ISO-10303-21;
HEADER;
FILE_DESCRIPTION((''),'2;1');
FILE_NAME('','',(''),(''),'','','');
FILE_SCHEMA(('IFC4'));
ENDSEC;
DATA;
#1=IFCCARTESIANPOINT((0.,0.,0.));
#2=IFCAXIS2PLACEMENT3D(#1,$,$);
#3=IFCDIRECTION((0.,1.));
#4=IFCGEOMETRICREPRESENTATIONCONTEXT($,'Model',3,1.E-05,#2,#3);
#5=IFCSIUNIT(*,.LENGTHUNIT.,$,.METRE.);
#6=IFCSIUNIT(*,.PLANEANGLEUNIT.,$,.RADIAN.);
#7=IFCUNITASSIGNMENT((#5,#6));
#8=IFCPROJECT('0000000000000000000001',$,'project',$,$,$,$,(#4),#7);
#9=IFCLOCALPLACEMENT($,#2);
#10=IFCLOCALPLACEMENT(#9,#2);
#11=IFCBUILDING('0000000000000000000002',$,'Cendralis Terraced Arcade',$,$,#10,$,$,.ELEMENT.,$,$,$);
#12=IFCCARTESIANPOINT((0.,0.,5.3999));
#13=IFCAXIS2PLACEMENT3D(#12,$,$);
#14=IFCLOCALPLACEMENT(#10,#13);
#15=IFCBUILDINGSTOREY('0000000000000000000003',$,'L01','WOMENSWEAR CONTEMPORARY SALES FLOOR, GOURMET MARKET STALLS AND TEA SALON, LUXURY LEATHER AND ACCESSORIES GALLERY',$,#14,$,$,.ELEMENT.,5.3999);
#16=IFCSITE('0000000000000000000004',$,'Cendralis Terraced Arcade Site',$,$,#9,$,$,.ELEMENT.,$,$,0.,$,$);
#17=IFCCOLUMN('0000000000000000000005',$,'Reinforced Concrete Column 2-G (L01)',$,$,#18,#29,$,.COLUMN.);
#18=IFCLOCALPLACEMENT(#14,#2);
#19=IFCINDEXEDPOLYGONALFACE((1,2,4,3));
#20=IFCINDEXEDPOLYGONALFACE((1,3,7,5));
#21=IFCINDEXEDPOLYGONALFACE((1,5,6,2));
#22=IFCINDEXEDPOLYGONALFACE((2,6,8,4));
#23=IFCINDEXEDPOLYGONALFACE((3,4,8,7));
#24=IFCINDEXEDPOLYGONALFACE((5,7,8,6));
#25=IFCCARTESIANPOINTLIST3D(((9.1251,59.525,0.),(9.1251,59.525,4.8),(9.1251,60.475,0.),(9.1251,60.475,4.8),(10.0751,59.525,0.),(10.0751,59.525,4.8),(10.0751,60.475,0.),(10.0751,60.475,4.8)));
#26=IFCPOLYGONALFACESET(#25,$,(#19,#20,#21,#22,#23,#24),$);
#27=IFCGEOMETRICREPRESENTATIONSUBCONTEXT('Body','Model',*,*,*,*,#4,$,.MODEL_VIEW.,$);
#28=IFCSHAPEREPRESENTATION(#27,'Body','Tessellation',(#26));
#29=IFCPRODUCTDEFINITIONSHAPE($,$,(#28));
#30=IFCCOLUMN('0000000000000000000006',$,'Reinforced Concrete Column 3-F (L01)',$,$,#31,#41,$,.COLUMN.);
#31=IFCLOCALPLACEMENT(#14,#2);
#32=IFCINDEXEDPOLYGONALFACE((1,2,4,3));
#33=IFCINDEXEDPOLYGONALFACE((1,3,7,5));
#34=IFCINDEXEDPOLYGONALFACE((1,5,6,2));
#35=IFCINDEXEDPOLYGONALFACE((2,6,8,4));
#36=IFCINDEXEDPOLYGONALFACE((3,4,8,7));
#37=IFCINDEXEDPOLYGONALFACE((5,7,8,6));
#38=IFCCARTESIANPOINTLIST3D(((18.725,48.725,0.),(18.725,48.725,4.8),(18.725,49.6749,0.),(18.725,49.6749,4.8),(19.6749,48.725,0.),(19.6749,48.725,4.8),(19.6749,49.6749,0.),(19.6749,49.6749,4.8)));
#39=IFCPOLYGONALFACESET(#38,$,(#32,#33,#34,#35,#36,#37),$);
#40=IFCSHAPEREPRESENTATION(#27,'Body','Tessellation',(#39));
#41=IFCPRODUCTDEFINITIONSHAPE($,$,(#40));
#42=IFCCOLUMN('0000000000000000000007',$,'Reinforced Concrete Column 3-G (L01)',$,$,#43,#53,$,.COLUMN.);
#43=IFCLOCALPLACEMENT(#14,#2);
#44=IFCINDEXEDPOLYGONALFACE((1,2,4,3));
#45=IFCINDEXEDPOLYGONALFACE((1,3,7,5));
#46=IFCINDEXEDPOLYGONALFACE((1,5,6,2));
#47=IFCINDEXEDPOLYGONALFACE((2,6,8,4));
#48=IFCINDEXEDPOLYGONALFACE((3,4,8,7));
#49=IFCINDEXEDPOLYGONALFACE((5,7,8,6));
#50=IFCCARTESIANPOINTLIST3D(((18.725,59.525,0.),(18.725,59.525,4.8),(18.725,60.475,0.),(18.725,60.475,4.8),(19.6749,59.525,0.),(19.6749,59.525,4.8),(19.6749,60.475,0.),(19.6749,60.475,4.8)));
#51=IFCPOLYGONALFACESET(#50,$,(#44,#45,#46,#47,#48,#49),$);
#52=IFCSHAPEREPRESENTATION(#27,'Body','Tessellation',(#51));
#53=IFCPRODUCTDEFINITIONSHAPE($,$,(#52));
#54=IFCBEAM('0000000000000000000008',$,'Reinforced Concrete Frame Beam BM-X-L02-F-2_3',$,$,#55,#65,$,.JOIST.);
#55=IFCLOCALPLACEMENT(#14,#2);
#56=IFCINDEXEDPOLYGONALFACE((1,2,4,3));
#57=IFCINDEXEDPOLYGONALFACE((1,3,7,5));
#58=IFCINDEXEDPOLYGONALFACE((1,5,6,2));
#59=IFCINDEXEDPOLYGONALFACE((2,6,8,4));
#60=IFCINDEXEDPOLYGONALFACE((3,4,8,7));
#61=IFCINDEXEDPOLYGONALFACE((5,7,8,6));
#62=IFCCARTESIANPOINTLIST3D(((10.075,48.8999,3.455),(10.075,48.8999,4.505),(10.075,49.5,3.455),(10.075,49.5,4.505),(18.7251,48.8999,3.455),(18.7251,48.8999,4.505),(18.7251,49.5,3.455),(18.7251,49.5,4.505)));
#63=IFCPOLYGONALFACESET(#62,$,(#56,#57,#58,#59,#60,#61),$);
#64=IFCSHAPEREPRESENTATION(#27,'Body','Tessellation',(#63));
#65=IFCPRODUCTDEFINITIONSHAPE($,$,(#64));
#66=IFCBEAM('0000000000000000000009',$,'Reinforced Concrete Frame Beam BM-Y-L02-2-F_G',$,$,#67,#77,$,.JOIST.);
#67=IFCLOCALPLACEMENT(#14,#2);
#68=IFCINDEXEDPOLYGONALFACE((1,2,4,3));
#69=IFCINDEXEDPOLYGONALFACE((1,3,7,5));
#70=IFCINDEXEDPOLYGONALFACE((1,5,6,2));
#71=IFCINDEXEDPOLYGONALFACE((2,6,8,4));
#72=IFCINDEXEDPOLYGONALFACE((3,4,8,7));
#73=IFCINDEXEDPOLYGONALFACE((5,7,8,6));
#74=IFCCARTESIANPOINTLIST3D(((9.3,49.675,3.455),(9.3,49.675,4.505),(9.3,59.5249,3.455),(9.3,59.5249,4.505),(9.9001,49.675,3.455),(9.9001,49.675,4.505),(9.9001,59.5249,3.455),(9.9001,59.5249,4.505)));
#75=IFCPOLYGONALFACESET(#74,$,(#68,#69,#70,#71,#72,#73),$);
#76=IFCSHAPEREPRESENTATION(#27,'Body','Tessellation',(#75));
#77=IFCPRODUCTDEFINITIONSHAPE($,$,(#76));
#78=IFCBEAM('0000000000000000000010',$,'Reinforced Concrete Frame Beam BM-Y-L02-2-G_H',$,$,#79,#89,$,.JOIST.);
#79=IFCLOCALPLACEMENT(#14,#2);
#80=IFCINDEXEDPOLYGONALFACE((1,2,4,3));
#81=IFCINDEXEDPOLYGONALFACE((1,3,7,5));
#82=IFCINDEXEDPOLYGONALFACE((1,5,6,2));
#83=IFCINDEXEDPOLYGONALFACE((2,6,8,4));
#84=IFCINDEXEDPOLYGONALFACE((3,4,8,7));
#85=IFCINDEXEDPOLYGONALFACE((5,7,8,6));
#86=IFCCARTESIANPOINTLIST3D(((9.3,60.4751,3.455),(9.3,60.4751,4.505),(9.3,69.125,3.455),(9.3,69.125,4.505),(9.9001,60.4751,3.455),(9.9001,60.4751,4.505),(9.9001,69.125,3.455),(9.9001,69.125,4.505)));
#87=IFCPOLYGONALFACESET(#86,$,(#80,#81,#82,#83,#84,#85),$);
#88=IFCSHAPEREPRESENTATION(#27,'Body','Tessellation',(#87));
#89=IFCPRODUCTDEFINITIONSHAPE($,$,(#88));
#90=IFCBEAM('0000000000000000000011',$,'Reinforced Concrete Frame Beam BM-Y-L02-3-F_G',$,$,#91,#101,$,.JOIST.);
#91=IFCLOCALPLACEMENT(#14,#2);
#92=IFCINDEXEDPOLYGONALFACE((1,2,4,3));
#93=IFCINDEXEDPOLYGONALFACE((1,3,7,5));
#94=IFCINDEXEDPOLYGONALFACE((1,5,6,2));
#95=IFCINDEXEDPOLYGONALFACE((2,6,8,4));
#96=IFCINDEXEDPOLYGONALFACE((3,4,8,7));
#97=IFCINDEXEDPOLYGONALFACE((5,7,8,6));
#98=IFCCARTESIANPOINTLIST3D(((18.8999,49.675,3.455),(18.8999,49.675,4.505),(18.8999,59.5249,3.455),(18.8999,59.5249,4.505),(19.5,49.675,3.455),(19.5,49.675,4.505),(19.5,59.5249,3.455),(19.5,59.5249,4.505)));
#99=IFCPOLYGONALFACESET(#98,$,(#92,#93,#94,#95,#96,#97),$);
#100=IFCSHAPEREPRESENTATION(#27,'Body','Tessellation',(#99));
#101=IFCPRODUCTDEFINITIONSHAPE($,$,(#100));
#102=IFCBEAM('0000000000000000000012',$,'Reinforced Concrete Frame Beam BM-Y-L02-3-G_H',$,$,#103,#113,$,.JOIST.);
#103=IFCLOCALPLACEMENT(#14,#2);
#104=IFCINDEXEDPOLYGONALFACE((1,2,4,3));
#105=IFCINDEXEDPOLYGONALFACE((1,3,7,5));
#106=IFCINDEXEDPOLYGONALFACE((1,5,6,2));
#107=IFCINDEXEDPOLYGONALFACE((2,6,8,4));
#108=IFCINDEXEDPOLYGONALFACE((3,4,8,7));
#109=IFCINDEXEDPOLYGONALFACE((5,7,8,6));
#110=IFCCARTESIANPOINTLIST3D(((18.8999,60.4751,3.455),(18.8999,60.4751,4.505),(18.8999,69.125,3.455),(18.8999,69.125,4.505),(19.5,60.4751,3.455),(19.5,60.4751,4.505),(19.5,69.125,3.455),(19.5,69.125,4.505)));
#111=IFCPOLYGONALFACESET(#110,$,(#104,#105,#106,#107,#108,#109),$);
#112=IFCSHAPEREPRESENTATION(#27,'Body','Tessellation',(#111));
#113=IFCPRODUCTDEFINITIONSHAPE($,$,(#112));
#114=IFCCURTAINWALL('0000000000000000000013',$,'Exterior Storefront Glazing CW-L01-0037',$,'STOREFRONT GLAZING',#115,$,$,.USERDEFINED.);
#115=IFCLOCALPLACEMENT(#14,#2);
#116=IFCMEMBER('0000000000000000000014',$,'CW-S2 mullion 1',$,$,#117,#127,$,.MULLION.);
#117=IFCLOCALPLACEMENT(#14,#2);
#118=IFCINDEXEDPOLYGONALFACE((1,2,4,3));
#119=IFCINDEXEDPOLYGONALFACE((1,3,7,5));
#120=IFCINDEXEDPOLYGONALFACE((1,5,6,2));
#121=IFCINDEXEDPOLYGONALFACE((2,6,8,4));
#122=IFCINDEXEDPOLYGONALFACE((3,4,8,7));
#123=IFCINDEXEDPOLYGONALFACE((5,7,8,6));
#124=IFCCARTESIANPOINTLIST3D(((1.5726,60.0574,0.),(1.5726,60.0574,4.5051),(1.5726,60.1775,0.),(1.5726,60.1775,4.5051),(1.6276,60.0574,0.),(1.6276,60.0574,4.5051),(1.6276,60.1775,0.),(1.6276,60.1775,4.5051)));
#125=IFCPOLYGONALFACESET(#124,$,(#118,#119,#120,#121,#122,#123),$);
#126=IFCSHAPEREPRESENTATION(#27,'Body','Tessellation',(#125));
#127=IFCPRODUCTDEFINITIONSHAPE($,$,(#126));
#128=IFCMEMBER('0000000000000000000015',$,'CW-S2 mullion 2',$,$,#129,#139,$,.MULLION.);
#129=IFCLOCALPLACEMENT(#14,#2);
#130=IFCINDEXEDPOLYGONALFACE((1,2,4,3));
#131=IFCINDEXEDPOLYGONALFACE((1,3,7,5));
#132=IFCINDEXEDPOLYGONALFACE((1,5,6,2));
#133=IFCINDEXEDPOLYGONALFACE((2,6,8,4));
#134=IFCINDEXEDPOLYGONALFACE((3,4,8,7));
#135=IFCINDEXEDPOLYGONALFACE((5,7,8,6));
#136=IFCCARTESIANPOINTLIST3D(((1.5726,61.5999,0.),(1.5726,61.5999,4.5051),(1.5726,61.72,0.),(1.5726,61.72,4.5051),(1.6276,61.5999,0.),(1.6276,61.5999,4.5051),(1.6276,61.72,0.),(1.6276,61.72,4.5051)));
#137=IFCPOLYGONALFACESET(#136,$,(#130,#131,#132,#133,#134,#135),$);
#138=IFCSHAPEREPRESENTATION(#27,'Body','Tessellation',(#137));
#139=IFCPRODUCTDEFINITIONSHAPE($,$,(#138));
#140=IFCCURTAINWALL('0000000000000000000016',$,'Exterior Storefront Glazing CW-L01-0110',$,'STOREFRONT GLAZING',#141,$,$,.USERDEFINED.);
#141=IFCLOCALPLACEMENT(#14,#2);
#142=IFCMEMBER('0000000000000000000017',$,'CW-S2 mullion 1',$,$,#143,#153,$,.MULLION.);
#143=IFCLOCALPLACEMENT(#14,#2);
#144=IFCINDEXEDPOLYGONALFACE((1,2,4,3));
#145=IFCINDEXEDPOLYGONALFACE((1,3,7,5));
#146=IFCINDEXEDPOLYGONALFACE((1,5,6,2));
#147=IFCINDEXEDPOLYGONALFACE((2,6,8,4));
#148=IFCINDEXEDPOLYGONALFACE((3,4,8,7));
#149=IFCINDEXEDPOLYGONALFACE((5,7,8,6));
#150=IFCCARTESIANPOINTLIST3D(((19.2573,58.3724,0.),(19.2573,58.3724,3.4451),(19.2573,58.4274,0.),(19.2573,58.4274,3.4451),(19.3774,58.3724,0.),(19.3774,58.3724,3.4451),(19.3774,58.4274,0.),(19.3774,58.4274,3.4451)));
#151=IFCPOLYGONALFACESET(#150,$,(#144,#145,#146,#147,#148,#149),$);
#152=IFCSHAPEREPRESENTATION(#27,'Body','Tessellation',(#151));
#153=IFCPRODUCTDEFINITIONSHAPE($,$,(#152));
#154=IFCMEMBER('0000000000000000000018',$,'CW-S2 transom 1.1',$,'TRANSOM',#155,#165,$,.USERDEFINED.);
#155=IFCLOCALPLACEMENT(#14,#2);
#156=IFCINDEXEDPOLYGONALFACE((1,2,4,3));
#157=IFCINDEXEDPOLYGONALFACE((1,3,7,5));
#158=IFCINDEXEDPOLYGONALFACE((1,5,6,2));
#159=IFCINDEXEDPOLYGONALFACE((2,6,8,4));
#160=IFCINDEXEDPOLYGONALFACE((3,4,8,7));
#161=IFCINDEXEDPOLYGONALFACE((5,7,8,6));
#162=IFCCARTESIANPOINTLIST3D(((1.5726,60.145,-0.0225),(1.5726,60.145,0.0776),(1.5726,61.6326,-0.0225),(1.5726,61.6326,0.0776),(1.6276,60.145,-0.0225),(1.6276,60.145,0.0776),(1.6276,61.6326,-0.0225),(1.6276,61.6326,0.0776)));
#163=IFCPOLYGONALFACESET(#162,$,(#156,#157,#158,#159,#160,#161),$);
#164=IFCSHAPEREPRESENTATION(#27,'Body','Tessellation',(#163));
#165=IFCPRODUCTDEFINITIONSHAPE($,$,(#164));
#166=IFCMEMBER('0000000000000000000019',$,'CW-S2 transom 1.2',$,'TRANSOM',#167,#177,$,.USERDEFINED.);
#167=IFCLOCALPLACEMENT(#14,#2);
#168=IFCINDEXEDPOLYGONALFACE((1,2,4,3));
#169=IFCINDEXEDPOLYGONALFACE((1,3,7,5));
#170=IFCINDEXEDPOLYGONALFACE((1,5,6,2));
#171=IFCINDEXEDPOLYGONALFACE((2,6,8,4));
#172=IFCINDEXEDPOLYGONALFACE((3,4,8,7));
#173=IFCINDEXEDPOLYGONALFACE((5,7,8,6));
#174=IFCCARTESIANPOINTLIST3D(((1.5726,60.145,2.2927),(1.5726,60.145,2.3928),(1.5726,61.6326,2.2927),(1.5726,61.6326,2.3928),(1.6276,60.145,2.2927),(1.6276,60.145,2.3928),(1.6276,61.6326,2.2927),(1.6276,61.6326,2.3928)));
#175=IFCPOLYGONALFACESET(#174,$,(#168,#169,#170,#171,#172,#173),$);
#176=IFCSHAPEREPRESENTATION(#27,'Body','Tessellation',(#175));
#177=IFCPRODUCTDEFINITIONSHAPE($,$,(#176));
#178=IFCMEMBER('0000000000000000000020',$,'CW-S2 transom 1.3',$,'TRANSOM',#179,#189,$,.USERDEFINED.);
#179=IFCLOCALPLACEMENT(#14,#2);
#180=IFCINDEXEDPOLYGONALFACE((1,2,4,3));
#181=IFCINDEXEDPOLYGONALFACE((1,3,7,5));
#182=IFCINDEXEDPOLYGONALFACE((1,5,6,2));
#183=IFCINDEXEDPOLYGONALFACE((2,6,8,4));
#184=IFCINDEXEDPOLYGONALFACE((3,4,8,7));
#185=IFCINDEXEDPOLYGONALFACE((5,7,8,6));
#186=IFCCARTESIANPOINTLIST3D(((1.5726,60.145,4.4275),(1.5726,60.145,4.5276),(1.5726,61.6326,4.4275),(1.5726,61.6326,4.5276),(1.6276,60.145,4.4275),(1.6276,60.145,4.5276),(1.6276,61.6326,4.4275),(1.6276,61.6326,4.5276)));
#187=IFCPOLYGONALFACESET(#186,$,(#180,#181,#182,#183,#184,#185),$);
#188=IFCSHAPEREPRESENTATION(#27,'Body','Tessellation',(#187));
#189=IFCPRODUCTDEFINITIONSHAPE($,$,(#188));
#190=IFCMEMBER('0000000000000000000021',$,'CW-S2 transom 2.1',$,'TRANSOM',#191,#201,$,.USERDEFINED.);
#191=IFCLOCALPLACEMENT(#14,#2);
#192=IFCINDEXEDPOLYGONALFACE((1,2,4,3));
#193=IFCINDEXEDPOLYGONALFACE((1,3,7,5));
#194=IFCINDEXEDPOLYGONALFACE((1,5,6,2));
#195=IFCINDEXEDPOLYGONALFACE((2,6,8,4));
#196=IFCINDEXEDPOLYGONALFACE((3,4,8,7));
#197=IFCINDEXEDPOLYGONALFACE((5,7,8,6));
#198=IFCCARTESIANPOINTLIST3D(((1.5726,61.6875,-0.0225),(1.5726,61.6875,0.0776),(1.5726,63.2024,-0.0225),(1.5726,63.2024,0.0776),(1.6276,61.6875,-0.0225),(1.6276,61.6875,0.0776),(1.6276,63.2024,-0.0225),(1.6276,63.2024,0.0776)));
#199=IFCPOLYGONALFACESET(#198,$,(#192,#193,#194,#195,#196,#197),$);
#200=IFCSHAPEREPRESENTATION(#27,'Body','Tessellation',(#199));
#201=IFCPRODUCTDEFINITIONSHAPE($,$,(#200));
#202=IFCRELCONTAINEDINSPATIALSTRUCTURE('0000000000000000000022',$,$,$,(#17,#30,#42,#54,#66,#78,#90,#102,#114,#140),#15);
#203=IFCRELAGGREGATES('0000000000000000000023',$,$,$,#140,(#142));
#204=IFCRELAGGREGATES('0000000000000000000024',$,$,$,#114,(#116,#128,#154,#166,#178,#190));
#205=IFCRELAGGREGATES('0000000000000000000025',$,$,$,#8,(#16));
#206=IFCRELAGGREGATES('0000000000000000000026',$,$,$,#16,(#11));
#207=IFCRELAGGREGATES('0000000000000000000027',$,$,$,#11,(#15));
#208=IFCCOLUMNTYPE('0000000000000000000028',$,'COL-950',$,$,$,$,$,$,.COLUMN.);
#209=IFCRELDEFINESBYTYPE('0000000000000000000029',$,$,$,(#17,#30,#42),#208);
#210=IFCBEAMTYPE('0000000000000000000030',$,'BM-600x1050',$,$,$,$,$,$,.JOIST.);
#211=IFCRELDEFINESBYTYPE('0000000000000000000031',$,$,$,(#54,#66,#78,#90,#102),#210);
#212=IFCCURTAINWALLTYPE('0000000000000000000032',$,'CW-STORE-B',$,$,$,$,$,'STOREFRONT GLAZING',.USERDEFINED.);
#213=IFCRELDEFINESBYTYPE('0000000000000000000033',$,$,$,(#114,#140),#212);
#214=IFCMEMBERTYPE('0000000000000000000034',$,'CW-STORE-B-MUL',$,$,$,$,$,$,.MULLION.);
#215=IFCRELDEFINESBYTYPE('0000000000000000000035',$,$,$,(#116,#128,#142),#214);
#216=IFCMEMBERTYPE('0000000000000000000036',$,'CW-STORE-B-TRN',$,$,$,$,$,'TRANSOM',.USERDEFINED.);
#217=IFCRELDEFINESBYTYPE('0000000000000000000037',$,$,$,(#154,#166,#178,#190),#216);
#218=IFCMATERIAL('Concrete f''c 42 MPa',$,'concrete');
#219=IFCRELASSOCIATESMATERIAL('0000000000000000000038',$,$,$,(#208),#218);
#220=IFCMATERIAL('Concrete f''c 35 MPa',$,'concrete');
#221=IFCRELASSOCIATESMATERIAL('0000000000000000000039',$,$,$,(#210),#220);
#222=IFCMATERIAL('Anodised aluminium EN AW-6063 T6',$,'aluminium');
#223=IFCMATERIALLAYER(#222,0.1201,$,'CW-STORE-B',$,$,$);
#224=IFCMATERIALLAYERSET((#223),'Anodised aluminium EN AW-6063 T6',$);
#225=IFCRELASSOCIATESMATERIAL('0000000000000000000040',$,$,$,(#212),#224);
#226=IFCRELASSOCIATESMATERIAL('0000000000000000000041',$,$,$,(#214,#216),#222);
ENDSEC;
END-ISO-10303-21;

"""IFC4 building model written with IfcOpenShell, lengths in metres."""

from ifc_helpers import new_model, si_unit, direction, frame, origin, origin_2d, place, context, subcontext, project, spatial, rectangle, extrude, material, layer, layer_set, material_profile, profile_set, type_object, element, aggregate, save


model = new_model("IFC4")

# Units and contexts
model_context = context("Model", 3, precision=1e-05, world=origin(), true_north=direction((0.0, 1.0)))
body_context = subcontext(model_context, "Body", "Model", "MODEL_VIEW")
ifc_project = project(units=[si_unit("LENGTHUNIT", "METRE"), si_unit("PLANEANGLEUNIT", "RADIAN")], contexts=[model_context])

# Site, building, storey
site_placement = place(None, origin())
site = spatial("IfcSite", under=ifc_project, at=site_placement, Name="Cendralis Terraced Arcade Site", CompositionType="ELEMENT", RefElevation=0.0)
building_placement = place(site_placement, origin())
building = spatial("IfcBuilding", under=site, at=building_placement, Name="Cendralis Terraced Arcade", CompositionType="ELEMENT")
storey_placement = place(building_placement, frame((0.0, 0.0, 5.3999)))
storey = spatial("IfcBuildingStorey", under=building, at=storey_placement, Name="L01", Description="WOMENSWEAR CONTEMPORARY SALES FLOOR, GOURMET MARKET STALLS AND TEA SALON, LUXURY LEATHER AND ACCESSORIES GALLERY", CompositionType="ELEMENT", Elevation=5.3999)

# Columns
ifc_material_1 = material(Name="Concrete f'c 42 MPa", Category="concrete")
ifc_material_profile_1 = material_profile(ifc_material_1, rectangle(XDim=0.95, YDim=0.95, at=origin_2d()), Name="RC-COL-950x950", Category="LoadBearing")
ifc_profile_set_1 = profile_set([ifc_material_profile_1], Name="Concrete f'c 42 MPa")
column_type = type_object("IfcColumnType", Name="COL-950", PredefinedType="COLUMN", material=ifc_profile_set_1)
for number, where, z_axis, x_axis, name in (
    (1, (9.6001, 60.0, 0.0), (0.0, 0.0, 1.0), (1.0, 0.0, 0.0), "Reinforced Concrete Column 2-G (L01)"),
    (2, (19.2, 49.2, 0.0), (0.0, 0.0, 1.0), (1.0, 0.0, 0.0), "Reinforced Concrete Column 3-F (L01)"),
    (3, (19.2, 60.0, 0.0), (0.0, 0.0, 1.0), (1.0, 0.0, 0.0), "Reinforced Concrete Column 3-G (L01)"),
):
    element("IfcColumn", number, at=place(storey_placement, frame(where, z_axis=z_axis, x_axis=x_axis)), inside=storey, type_object=column_type, Name=name, PredefinedType="COLUMN", context=body_context, shape_type="SweptSolid", body=[
        extrude(rectangle(XDim=0.95, YDim=0.95, at=origin_2d()), origin(), (0.0, 0.0, 1.0), 4.8),
    ])

# Beams
ifc_material_2 = material(Name="Concrete f'c 35 MPa", Category="concrete")
ifc_material_profile_2 = material_profile(ifc_material_2, rectangle(XDim=0.6001, YDim=1.05, at=origin_2d()), Name="RC-BM-600x1050", Category="LoadBearing")
ifc_profile_set_2 = profile_set([ifc_material_profile_2], Name="Concrete f'c 35 MPa")
beam_type = type_object("IfcBeamType", Name="BM-600x1050", PredefinedType="JOIST", material=ifc_profile_set_2)
beam_1_placement = place(storey_placement, frame((10.075, 49.2, 3.98), z_axis=(1.0, 0.0, 0.0), x_axis=(0.0, 1.0, 0.0)))
element("IfcBeam", 4, at=beam_1_placement, inside=storey, type_object=beam_type, Name="Reinforced Concrete Frame Beam BM-X-L02-F-2_3", PredefinedType="JOIST", context=body_context, shape_type="SweptSolid", body=[
    extrude(rectangle(XDim=0.6001, YDim=1.05, at=origin_2d()), origin(), (0.0, 0.0, 1.0), 8.6501),
])
beam_2_placement = place(storey_placement, frame((9.6001, 49.675, 3.98), z_axis=(0.0, 1.0, 0.0), x_axis=(-1.0, 0.0, 0.0)))
element("IfcBeam", 5, at=beam_2_placement, inside=storey, type_object=beam_type, Name="Reinforced Concrete Frame Beam BM-Y-L02-2-F_G", PredefinedType="JOIST", context=body_context, shape_type="SweptSolid", body=[
    extrude(rectangle(XDim=0.6001, YDim=1.05, at=origin_2d()), origin(), (0.0, 0.0, 1.0), 9.8499),
])
beam_3_placement = place(storey_placement, frame((9.6001, 60.4751, 3.98), z_axis=(0.0, 1.0, 0.0), x_axis=(-1.0, 0.0, 0.0)))
element("IfcBeam", 6, at=beam_3_placement, inside=storey, type_object=beam_type, Name="Reinforced Concrete Frame Beam BM-Y-L02-2-G_H", PredefinedType="JOIST", context=body_context, shape_type="SweptSolid", body=[
    extrude(rectangle(XDim=0.6001, YDim=1.05, at=origin_2d()), origin(), (0.0, 0.0, 1.0), 8.6499),
])
beam_4_placement = place(storey_placement, frame((19.2, 49.675, 3.98), z_axis=(0.0, 1.0, 0.0), x_axis=(-1.0, 0.0, 0.0)))
element("IfcBeam", 7, at=beam_4_placement, inside=storey, type_object=beam_type, Name="Reinforced Concrete Frame Beam BM-Y-L02-3-F_G", PredefinedType="JOIST", context=body_context, shape_type="SweptSolid", body=[
    extrude(rectangle(XDim=0.6001, YDim=1.05, at=origin_2d()), origin(), (0.0, 0.0, 1.0), 9.8499),
])
beam_5_placement = place(storey_placement, frame((19.2, 60.4751, 3.98), z_axis=(0.0, 1.0, 0.0), x_axis=(-1.0, 0.0, 0.0)))
element("IfcBeam", 8, at=beam_5_placement, inside=storey, type_object=beam_type, Name="Reinforced Concrete Frame Beam BM-Y-L02-3-G_H", PredefinedType="JOIST", context=body_context, shape_type="SweptSolid", body=[
    extrude(rectangle(XDim=0.6001, YDim=1.05, at=origin_2d()), origin(), (0.0, 0.0, 1.0), 8.6499),
])

# Curtain wall, members
ifc_material_3 = material(Name="Anodised aluminium EN AW-6063 T6", Category="aluminium")
ifc_layer_1 = layer(ifc_material_3, 0.1201, Name="CW-STORE-B")
ifc_layer_set_1 = layer_set([ifc_layer_1], Name="Anodised aluminium EN AW-6063 T6")
curtain_wall_type = type_object("IfcCurtainWallType", Name="CW-STORE-B", ElementType="STOREFRONT GLAZING", PredefinedType="USERDEFINED", material=ifc_layer_set_1)
curtain_wall_1_placement = place(storey_placement, origin())
curtain_wall_1 = element("IfcCurtainWall", 9, at=curtain_wall_1_placement, inside=storey, type_object=curtain_wall_type, Name="Exterior Storefront Glazing CW-L01-0037", ObjectType="STOREFRONT GLAZING", PredefinedType="USERDEFINED")
ifc_material_profile_3 = material_profile(ifc_material_3, rectangle(XDim=0.0549, YDim=0.1201, at=origin_2d()), Name="ALU-MUL-55x120")
ifc_profile_set_3 = profile_set([ifc_material_profile_3], Name="Anodised aluminium EN AW-6063 T6")
member_type_1 = type_object("IfcMemberType", Name="CW-STORE-B-MUL", PredefinedType="MULLION", material=ifc_profile_set_3)
member_1_placement = place(storey_placement, frame((1.6001, 60.1174, 0.0), z_axis=(0.0, 0.0, 1.0), x_axis=(-1.0, 0.0, 0.0)))
member_1 = element("IfcMember", 10, at=member_1_placement, type_object=member_type_1, Name="CW-S2 mullion 1", PredefinedType="MULLION", context=body_context, shape_type="SweptSolid", body=[
    extrude(rectangle(XDim=0.0549, YDim=0.1201, at=origin_2d()), origin(), (0.0, 0.0, 1.0), 4.5051),
])
member_2_placement = place(storey_placement, frame((1.6001, 61.6599, 0.0), z_axis=(0.0, 0.0, 1.0), x_axis=(-1.0, 0.0, 0.0)))
member_2 = element("IfcMember", 11, at=member_2_placement, type_object=member_type_1, Name="CW-S2 mullion 2", PredefinedType="MULLION", context=body_context, shape_type="SweptSolid", body=[
    extrude(rectangle(XDim=0.0549, YDim=0.1201, at=origin_2d()), origin(), (0.0, 0.0, 1.0), 4.5051),
])

# Curtain wall, member
curtain_wall_2_placement = place(storey_placement, origin())
curtain_wall_2 = element("IfcCurtainWall", 12, at=curtain_wall_2_placement, inside=storey, type_object=curtain_wall_type, Name="Exterior Storefront Glazing CW-L01-0110", ObjectType="STOREFRONT GLAZING", PredefinedType="USERDEFINED")
member_3_placement = place(storey_placement, frame((19.3174, 58.3999, 0.0), z_axis=(0.0, 0.0, 1.0), x_axis=(0.0, 1.0, 0.0)))
member_3 = element("IfcMember", 13, at=member_3_placement, type_object=member_type_1, Name="CW-S2 mullion 1", PredefinedType="MULLION", context=body_context, shape_type="SweptSolid", body=[
    extrude(rectangle(XDim=0.0549, YDim=0.1201, at=origin_2d()), origin(), (0.0, 0.0, 1.0), 3.4451),
])
aggregate(curtain_wall_2, [member_3])

# Members
ifc_material_profile_4 = material_profile(ifc_material_3, rectangle(XDim=0.0549, YDim=0.1001, at=origin_2d()), Name="ALU-TRN-55x100")
ifc_profile_set_4 = profile_set([ifc_material_profile_4], Name="Anodised aluminium EN AW-6063 T6")
member_type_2 = type_object("IfcMemberType", Name="CW-STORE-B-TRN", ElementType="TRANSOM", PredefinedType="USERDEFINED", material=ifc_profile_set_4)
member_4_placement = place(storey_placement, frame((1.6001, 60.145, 0.0276), z_axis=(0.0, 1.0, 0.0), x_axis=(-1.0, 0.0, 0.0)))
member_4 = element("IfcMember", 14, at=member_4_placement, type_object=member_type_2, Name="CW-S2 transom 1.1", ObjectType="TRANSOM", PredefinedType="USERDEFINED", context=body_context, shape_type="SweptSolid", body=[
    extrude(rectangle(XDim=0.0549, YDim=0.1001, at=origin_2d()), origin(), (0.0, 0.0, 1.0), 1.4875),
])
member_5_placement = place(storey_placement, frame((1.6001, 60.145, 2.3428), z_axis=(0.0, 1.0, 0.0), x_axis=(-1.0, 0.0, 0.0)))
member_5 = element("IfcMember", 15, at=member_5_placement, type_object=member_type_2, Name="CW-S2 transom 1.2", ObjectType="TRANSOM", PredefinedType="USERDEFINED", context=body_context, shape_type="SweptSolid", body=[
    extrude(rectangle(XDim=0.0549, YDim=0.1001, at=origin_2d()), origin(), (0.0, 0.0, 1.0), 1.4875),
])
member_6_placement = place(storey_placement, frame((1.6001, 60.145, 4.4775), z_axis=(0.0, 1.0, 0.0), x_axis=(-1.0, 0.0, 0.0)))
member_6 = element("IfcMember", 16, at=member_6_placement, type_object=member_type_2, Name="CW-S2 transom 1.3", ObjectType="TRANSOM", PredefinedType="USERDEFINED", context=body_context, shape_type="SweptSolid", body=[
    extrude(rectangle(XDim=0.0549, YDim=0.1001, at=origin_2d()), origin(), (0.0, 0.0, 1.0), 1.4875),
])
member_7_placement = place(storey_placement, frame((1.6001, 61.6875, 0.0276), z_axis=(0.0, 1.0, 0.0), x_axis=(-1.0, 0.0, 0.0)))
member_7 = element("IfcMember", 17, at=member_7_placement, type_object=member_type_2, Name="CW-S2 transom 2.1", ObjectType="TRANSOM", PredefinedType="USERDEFINED", context=body_context, shape_type="SweptSolid", body=[
    extrude(rectangle(XDim=0.0549, YDim=0.1001, at=origin_2d()), origin(), (0.0, 0.0, 1.0), 1.5149),
])

aggregate(curtain_wall_1, [member_1, member_2, member_4, member_5, member_6, member_7])

save(model, "model.ifc")
